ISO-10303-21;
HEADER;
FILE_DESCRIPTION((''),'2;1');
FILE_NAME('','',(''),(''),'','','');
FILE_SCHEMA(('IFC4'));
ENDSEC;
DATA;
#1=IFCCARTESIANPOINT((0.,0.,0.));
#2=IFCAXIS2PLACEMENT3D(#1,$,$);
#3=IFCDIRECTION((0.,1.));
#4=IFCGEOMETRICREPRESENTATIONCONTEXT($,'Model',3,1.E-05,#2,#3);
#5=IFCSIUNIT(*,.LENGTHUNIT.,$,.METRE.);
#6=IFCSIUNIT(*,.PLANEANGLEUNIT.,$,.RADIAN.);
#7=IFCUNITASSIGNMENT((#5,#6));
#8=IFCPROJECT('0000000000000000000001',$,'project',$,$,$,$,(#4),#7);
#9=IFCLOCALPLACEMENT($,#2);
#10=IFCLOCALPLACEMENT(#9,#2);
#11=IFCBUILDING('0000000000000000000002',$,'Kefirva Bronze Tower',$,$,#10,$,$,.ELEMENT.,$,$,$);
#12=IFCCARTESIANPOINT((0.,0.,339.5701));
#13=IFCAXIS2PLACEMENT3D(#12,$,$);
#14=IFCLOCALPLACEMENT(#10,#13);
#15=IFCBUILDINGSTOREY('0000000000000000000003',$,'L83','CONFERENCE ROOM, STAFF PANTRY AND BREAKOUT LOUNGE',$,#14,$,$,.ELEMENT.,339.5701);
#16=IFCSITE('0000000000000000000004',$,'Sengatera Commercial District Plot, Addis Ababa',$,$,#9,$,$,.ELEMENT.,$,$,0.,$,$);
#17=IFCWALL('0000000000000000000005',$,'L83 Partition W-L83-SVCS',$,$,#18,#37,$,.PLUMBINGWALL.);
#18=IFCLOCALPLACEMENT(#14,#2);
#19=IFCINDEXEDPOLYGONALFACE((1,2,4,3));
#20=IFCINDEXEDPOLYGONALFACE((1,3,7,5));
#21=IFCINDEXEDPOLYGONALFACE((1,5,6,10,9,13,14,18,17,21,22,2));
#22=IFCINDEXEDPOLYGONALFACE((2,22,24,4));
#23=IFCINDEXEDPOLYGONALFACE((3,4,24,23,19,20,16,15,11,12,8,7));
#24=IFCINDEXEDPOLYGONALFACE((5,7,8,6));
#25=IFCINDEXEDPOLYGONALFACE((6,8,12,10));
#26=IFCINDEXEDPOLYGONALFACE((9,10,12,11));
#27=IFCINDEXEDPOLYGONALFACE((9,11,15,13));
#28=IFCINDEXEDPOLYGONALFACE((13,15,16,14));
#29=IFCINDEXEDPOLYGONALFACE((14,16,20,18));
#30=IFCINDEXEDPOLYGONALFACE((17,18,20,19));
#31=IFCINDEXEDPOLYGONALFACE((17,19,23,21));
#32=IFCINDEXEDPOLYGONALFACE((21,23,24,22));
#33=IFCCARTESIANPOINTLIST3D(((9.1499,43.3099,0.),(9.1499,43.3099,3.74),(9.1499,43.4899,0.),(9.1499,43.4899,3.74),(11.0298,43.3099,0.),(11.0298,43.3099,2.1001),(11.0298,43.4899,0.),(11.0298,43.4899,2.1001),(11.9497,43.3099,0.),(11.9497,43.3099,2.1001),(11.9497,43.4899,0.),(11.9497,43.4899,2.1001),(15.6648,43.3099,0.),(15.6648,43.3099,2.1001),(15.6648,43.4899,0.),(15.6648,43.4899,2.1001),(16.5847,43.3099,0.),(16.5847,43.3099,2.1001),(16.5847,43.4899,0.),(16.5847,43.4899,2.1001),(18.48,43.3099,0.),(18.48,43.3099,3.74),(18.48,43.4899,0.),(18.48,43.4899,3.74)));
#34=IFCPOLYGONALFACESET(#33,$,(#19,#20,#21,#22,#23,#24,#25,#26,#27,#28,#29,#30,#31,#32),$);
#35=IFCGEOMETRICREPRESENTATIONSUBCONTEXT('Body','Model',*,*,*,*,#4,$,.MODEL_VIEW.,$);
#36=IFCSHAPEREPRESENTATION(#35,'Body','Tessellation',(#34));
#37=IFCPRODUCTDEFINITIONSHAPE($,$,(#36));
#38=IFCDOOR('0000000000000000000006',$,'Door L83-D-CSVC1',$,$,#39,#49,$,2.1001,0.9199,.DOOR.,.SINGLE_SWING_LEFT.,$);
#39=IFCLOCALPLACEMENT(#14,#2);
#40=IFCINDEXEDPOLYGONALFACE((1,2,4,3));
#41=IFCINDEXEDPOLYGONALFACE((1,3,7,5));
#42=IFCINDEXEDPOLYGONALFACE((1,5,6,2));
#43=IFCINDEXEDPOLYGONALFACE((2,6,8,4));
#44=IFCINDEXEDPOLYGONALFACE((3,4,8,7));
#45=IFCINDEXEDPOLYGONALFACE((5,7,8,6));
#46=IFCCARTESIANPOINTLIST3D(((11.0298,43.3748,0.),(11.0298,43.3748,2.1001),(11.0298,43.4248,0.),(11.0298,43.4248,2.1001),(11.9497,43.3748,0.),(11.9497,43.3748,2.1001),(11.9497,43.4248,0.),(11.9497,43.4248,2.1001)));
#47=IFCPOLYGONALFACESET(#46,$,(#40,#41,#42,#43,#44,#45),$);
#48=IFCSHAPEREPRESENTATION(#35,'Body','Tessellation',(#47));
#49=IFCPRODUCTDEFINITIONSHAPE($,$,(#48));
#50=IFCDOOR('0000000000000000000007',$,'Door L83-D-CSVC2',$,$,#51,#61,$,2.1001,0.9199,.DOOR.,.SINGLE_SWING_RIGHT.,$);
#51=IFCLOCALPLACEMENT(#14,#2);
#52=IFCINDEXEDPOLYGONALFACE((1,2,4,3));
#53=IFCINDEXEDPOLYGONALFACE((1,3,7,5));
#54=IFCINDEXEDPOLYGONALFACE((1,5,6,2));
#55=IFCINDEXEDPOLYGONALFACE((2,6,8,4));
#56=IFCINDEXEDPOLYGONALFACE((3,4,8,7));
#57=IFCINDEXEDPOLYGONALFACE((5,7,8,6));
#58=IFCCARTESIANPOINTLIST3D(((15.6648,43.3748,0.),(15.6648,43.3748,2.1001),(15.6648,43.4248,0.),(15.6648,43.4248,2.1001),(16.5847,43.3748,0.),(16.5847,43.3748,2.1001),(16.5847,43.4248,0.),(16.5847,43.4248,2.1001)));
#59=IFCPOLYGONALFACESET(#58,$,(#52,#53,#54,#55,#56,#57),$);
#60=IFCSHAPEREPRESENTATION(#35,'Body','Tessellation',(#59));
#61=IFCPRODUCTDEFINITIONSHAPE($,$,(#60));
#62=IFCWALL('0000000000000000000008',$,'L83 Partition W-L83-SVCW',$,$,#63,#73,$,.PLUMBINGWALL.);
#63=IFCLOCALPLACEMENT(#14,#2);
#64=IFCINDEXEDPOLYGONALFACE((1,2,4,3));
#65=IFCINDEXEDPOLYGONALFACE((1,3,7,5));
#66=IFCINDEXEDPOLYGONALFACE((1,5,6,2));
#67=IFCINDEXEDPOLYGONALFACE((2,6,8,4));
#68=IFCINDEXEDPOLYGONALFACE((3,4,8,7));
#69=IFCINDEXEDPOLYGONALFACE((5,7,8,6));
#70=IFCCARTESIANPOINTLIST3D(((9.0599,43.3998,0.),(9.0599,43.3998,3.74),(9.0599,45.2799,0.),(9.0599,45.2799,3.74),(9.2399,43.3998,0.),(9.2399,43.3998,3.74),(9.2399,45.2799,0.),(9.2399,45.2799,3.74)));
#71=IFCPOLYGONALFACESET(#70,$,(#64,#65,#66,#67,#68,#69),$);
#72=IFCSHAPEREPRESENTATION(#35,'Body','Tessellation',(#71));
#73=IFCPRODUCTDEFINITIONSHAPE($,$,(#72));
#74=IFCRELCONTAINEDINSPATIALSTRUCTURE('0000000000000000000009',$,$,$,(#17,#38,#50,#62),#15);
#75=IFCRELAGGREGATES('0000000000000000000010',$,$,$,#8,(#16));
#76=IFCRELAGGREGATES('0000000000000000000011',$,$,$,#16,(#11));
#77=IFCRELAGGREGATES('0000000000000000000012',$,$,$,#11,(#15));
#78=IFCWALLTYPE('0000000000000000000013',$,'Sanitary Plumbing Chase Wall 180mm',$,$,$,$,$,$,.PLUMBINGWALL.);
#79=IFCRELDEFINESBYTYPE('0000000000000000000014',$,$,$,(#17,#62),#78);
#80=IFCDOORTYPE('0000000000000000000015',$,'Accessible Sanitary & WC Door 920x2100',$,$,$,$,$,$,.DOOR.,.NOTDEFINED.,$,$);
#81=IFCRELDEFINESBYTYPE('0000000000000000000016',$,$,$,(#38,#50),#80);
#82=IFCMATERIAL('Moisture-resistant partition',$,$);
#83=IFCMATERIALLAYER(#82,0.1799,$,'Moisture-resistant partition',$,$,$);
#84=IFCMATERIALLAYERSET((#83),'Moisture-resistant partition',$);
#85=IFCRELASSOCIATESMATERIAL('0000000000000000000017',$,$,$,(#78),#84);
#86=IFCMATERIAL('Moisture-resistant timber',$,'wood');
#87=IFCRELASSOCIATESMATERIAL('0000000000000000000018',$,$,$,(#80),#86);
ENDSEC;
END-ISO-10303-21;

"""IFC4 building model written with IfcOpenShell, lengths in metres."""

from ifc_helpers import new_model, si_unit, direction, frame, frame_2d, origin, place, context, subcontext, project, spatial, rectangle, extrude, material, layer, layer_set, type_object, element, fill, save


model = new_model("IFC4")

# Units and contexts
model_context = context("Model", 3, precision=1e-05, world=origin(), true_north=direction((0.0, 1.0)))
body_context = subcontext(model_context, "Body", "Model", "MODEL_VIEW")
ifc_project = project(units=[si_unit("LENGTHUNIT", "METRE"), si_unit("PLANEANGLEUNIT", "RADIAN")], contexts=[model_context])

# Site, building, storey
site_placement = place(None, origin())
site = spatial("IfcSite", under=ifc_project, at=site_placement, Name="Sengatera Commercial District Plot, Addis Ababa", CompositionType="ELEMENT", RefElevation=0.0)
building_placement = place(site_placement, origin())
building = spatial("IfcBuilding", under=site, at=building_placement, Name="Kefirva Bronze Tower", CompositionType="ELEMENT")
storey_placement = place(building_placement, frame((0.0, 0.0, 339.5701)))
storey = spatial("IfcBuildingStorey", under=building, at=storey_placement, Name="L83", Description="CONFERENCE ROOM, STAFF PANTRY AND BREAKOUT LOUNGE", CompositionType="ELEMENT", Elevation=339.5701)

# Wall, openings, doors
ifc_material_1 = material(Name="Moisture-resistant partition")
ifc_layer_1 = layer(ifc_material_1, 0.1799, Name="Moisture-resistant partition")
ifc_layer_set_1 = layer_set([ifc_layer_1], Name="Moisture-resistant partition")
wall_type_1 = type_object("IfcWallType", Name="Sanitary Plumbing Chase Wall 180mm", PredefinedType="PLUMBINGWALL", material=ifc_layer_set_1)
wall_1_placement = place(storey_placement, frame((9.1499, 43.3999, 0.0), z_axis=(0.0, 0.0, 1.0), x_axis=(1.0, 0.0, 0.0)))
wall_1 = element("IfcWall", 1, at=wall_1_placement, inside=storey, type_object=wall_type_1, Name="L83 Partition W-L83-SVCS", PredefinedType="PLUMBINGWALL", context=body_context, shape_type="SweptSolid", body=[
    extrude(rectangle(XDim=9.3301, YDim=0.1799, at=frame_2d((4.665, 0.0))), origin(), (0.0, 0.0, 1.0), 3.74),
])
opening_1_placement = place(wall_1_placement, frame((1.8799, 0.0, 0.0)))
opening_1 = element("IfcOpeningElement", 2, at=opening_1_placement, cuts=wall_1, PredefinedType="OPENING", context=body_context, shape_type="SweptSolid", body=[
    extrude(rectangle(XDim=0.9199, YDim=2.1001, at=frame_2d((0.46, 1.05))), frame((0.0, 0.1001, 0.0), z_axis=(0.0, -1.0, 0.0), x_axis=(1.0, 0.0, 0.0)), (0.0, 0.0, 1.0), 0.2),
])
opening_2_placement = place(wall_1_placement, frame((6.5149, 0.0, 0.0)))
opening_2 = element("IfcOpeningElement", 3, at=opening_2_placement, cuts=wall_1, PredefinedType="OPENING", context=body_context, shape_type="SweptSolid", body=[
    extrude(rectangle(XDim=0.9199, YDim=2.1001, at=frame_2d((0.46, 1.05))), frame((0.0, 0.1001, 0.0), z_axis=(0.0, -1.0, 0.0), x_axis=(1.0, 0.0, 0.0)), (0.0, 0.0, 1.0), 0.2),
])
ifc_material_2 = material(Name="Moisture-resistant timber", Category="wood")
door_type_1 = type_object("IfcDoorType", Name="Accessible Sanitary & WC Door 920x2100", OperationType="NOTDEFINED", PredefinedType="DOOR", material=ifc_material_2)
door_1_placement = place(opening_1_placement, origin())
door_1 = element("IfcDoor", 4, at=door_1_placement, inside=storey, type_object=door_type_1, Name="Door L83-D-CSVC1", OperationType="SINGLE_SWING_LEFT", OverallHeight=2.1001, OverallWidth=0.9199, PredefinedType="DOOR", context=body_context, shape_type="SweptSolid", body=[
    extrude(rectangle(XDim=0.9199, YDim=2.1001, at=frame_2d((0.46, 1.05))), frame((0.0, 0.0249, 0.0), z_axis=(0.0, -1.0, 0.0), x_axis=(1.0, 0.0, 0.0)), (0.0, 0.0, 1.0), 0.05),
])
fill(opening_1, door_1)
door_2_placement = place(opening_2_placement, origin())
door_2 = element("IfcDoor", 5, at=door_2_placement, inside=storey, type_object=door_type_1, Name="Door L83-D-CSVC2", OperationType="SINGLE_SWING_RIGHT", OverallHeight=2.1001, OverallWidth=0.9199, PredefinedType="DOOR", context=body_context, shape_type="SweptSolid", body=[
    extrude(rectangle(XDim=0.9199, YDim=2.1001, at=frame_2d((0.46, 1.05))), frame((0.0, 0.0249, 0.0), z_axis=(0.0, -1.0, 0.0), x_axis=(1.0, 0.0, 0.0)), (0.0, 0.0, 1.0), 0.05),
])
fill(opening_2, door_2)

# Wall
wall_2_placement = place(storey_placement, frame((9.1499, 43.3999, 0.0), z_axis=(0.0, 0.0, 1.0), x_axis=(0.0, 1.0, 0.0)))
element("IfcWall", 6, at=wall_2_placement, inside=storey, type_object=wall_type_1, Name="L83 Partition W-L83-SVCW", PredefinedType="PLUMBINGWALL", context=body_context, shape_type="SweptSolid", body=[
    extrude(rectangle(XDim=1.8801, YDim=0.1799, at=frame_2d((0.9399, 0.0))), origin(), (0.0, 0.0, 1.0), 3.74),
])

save(model, "model.ifc")
